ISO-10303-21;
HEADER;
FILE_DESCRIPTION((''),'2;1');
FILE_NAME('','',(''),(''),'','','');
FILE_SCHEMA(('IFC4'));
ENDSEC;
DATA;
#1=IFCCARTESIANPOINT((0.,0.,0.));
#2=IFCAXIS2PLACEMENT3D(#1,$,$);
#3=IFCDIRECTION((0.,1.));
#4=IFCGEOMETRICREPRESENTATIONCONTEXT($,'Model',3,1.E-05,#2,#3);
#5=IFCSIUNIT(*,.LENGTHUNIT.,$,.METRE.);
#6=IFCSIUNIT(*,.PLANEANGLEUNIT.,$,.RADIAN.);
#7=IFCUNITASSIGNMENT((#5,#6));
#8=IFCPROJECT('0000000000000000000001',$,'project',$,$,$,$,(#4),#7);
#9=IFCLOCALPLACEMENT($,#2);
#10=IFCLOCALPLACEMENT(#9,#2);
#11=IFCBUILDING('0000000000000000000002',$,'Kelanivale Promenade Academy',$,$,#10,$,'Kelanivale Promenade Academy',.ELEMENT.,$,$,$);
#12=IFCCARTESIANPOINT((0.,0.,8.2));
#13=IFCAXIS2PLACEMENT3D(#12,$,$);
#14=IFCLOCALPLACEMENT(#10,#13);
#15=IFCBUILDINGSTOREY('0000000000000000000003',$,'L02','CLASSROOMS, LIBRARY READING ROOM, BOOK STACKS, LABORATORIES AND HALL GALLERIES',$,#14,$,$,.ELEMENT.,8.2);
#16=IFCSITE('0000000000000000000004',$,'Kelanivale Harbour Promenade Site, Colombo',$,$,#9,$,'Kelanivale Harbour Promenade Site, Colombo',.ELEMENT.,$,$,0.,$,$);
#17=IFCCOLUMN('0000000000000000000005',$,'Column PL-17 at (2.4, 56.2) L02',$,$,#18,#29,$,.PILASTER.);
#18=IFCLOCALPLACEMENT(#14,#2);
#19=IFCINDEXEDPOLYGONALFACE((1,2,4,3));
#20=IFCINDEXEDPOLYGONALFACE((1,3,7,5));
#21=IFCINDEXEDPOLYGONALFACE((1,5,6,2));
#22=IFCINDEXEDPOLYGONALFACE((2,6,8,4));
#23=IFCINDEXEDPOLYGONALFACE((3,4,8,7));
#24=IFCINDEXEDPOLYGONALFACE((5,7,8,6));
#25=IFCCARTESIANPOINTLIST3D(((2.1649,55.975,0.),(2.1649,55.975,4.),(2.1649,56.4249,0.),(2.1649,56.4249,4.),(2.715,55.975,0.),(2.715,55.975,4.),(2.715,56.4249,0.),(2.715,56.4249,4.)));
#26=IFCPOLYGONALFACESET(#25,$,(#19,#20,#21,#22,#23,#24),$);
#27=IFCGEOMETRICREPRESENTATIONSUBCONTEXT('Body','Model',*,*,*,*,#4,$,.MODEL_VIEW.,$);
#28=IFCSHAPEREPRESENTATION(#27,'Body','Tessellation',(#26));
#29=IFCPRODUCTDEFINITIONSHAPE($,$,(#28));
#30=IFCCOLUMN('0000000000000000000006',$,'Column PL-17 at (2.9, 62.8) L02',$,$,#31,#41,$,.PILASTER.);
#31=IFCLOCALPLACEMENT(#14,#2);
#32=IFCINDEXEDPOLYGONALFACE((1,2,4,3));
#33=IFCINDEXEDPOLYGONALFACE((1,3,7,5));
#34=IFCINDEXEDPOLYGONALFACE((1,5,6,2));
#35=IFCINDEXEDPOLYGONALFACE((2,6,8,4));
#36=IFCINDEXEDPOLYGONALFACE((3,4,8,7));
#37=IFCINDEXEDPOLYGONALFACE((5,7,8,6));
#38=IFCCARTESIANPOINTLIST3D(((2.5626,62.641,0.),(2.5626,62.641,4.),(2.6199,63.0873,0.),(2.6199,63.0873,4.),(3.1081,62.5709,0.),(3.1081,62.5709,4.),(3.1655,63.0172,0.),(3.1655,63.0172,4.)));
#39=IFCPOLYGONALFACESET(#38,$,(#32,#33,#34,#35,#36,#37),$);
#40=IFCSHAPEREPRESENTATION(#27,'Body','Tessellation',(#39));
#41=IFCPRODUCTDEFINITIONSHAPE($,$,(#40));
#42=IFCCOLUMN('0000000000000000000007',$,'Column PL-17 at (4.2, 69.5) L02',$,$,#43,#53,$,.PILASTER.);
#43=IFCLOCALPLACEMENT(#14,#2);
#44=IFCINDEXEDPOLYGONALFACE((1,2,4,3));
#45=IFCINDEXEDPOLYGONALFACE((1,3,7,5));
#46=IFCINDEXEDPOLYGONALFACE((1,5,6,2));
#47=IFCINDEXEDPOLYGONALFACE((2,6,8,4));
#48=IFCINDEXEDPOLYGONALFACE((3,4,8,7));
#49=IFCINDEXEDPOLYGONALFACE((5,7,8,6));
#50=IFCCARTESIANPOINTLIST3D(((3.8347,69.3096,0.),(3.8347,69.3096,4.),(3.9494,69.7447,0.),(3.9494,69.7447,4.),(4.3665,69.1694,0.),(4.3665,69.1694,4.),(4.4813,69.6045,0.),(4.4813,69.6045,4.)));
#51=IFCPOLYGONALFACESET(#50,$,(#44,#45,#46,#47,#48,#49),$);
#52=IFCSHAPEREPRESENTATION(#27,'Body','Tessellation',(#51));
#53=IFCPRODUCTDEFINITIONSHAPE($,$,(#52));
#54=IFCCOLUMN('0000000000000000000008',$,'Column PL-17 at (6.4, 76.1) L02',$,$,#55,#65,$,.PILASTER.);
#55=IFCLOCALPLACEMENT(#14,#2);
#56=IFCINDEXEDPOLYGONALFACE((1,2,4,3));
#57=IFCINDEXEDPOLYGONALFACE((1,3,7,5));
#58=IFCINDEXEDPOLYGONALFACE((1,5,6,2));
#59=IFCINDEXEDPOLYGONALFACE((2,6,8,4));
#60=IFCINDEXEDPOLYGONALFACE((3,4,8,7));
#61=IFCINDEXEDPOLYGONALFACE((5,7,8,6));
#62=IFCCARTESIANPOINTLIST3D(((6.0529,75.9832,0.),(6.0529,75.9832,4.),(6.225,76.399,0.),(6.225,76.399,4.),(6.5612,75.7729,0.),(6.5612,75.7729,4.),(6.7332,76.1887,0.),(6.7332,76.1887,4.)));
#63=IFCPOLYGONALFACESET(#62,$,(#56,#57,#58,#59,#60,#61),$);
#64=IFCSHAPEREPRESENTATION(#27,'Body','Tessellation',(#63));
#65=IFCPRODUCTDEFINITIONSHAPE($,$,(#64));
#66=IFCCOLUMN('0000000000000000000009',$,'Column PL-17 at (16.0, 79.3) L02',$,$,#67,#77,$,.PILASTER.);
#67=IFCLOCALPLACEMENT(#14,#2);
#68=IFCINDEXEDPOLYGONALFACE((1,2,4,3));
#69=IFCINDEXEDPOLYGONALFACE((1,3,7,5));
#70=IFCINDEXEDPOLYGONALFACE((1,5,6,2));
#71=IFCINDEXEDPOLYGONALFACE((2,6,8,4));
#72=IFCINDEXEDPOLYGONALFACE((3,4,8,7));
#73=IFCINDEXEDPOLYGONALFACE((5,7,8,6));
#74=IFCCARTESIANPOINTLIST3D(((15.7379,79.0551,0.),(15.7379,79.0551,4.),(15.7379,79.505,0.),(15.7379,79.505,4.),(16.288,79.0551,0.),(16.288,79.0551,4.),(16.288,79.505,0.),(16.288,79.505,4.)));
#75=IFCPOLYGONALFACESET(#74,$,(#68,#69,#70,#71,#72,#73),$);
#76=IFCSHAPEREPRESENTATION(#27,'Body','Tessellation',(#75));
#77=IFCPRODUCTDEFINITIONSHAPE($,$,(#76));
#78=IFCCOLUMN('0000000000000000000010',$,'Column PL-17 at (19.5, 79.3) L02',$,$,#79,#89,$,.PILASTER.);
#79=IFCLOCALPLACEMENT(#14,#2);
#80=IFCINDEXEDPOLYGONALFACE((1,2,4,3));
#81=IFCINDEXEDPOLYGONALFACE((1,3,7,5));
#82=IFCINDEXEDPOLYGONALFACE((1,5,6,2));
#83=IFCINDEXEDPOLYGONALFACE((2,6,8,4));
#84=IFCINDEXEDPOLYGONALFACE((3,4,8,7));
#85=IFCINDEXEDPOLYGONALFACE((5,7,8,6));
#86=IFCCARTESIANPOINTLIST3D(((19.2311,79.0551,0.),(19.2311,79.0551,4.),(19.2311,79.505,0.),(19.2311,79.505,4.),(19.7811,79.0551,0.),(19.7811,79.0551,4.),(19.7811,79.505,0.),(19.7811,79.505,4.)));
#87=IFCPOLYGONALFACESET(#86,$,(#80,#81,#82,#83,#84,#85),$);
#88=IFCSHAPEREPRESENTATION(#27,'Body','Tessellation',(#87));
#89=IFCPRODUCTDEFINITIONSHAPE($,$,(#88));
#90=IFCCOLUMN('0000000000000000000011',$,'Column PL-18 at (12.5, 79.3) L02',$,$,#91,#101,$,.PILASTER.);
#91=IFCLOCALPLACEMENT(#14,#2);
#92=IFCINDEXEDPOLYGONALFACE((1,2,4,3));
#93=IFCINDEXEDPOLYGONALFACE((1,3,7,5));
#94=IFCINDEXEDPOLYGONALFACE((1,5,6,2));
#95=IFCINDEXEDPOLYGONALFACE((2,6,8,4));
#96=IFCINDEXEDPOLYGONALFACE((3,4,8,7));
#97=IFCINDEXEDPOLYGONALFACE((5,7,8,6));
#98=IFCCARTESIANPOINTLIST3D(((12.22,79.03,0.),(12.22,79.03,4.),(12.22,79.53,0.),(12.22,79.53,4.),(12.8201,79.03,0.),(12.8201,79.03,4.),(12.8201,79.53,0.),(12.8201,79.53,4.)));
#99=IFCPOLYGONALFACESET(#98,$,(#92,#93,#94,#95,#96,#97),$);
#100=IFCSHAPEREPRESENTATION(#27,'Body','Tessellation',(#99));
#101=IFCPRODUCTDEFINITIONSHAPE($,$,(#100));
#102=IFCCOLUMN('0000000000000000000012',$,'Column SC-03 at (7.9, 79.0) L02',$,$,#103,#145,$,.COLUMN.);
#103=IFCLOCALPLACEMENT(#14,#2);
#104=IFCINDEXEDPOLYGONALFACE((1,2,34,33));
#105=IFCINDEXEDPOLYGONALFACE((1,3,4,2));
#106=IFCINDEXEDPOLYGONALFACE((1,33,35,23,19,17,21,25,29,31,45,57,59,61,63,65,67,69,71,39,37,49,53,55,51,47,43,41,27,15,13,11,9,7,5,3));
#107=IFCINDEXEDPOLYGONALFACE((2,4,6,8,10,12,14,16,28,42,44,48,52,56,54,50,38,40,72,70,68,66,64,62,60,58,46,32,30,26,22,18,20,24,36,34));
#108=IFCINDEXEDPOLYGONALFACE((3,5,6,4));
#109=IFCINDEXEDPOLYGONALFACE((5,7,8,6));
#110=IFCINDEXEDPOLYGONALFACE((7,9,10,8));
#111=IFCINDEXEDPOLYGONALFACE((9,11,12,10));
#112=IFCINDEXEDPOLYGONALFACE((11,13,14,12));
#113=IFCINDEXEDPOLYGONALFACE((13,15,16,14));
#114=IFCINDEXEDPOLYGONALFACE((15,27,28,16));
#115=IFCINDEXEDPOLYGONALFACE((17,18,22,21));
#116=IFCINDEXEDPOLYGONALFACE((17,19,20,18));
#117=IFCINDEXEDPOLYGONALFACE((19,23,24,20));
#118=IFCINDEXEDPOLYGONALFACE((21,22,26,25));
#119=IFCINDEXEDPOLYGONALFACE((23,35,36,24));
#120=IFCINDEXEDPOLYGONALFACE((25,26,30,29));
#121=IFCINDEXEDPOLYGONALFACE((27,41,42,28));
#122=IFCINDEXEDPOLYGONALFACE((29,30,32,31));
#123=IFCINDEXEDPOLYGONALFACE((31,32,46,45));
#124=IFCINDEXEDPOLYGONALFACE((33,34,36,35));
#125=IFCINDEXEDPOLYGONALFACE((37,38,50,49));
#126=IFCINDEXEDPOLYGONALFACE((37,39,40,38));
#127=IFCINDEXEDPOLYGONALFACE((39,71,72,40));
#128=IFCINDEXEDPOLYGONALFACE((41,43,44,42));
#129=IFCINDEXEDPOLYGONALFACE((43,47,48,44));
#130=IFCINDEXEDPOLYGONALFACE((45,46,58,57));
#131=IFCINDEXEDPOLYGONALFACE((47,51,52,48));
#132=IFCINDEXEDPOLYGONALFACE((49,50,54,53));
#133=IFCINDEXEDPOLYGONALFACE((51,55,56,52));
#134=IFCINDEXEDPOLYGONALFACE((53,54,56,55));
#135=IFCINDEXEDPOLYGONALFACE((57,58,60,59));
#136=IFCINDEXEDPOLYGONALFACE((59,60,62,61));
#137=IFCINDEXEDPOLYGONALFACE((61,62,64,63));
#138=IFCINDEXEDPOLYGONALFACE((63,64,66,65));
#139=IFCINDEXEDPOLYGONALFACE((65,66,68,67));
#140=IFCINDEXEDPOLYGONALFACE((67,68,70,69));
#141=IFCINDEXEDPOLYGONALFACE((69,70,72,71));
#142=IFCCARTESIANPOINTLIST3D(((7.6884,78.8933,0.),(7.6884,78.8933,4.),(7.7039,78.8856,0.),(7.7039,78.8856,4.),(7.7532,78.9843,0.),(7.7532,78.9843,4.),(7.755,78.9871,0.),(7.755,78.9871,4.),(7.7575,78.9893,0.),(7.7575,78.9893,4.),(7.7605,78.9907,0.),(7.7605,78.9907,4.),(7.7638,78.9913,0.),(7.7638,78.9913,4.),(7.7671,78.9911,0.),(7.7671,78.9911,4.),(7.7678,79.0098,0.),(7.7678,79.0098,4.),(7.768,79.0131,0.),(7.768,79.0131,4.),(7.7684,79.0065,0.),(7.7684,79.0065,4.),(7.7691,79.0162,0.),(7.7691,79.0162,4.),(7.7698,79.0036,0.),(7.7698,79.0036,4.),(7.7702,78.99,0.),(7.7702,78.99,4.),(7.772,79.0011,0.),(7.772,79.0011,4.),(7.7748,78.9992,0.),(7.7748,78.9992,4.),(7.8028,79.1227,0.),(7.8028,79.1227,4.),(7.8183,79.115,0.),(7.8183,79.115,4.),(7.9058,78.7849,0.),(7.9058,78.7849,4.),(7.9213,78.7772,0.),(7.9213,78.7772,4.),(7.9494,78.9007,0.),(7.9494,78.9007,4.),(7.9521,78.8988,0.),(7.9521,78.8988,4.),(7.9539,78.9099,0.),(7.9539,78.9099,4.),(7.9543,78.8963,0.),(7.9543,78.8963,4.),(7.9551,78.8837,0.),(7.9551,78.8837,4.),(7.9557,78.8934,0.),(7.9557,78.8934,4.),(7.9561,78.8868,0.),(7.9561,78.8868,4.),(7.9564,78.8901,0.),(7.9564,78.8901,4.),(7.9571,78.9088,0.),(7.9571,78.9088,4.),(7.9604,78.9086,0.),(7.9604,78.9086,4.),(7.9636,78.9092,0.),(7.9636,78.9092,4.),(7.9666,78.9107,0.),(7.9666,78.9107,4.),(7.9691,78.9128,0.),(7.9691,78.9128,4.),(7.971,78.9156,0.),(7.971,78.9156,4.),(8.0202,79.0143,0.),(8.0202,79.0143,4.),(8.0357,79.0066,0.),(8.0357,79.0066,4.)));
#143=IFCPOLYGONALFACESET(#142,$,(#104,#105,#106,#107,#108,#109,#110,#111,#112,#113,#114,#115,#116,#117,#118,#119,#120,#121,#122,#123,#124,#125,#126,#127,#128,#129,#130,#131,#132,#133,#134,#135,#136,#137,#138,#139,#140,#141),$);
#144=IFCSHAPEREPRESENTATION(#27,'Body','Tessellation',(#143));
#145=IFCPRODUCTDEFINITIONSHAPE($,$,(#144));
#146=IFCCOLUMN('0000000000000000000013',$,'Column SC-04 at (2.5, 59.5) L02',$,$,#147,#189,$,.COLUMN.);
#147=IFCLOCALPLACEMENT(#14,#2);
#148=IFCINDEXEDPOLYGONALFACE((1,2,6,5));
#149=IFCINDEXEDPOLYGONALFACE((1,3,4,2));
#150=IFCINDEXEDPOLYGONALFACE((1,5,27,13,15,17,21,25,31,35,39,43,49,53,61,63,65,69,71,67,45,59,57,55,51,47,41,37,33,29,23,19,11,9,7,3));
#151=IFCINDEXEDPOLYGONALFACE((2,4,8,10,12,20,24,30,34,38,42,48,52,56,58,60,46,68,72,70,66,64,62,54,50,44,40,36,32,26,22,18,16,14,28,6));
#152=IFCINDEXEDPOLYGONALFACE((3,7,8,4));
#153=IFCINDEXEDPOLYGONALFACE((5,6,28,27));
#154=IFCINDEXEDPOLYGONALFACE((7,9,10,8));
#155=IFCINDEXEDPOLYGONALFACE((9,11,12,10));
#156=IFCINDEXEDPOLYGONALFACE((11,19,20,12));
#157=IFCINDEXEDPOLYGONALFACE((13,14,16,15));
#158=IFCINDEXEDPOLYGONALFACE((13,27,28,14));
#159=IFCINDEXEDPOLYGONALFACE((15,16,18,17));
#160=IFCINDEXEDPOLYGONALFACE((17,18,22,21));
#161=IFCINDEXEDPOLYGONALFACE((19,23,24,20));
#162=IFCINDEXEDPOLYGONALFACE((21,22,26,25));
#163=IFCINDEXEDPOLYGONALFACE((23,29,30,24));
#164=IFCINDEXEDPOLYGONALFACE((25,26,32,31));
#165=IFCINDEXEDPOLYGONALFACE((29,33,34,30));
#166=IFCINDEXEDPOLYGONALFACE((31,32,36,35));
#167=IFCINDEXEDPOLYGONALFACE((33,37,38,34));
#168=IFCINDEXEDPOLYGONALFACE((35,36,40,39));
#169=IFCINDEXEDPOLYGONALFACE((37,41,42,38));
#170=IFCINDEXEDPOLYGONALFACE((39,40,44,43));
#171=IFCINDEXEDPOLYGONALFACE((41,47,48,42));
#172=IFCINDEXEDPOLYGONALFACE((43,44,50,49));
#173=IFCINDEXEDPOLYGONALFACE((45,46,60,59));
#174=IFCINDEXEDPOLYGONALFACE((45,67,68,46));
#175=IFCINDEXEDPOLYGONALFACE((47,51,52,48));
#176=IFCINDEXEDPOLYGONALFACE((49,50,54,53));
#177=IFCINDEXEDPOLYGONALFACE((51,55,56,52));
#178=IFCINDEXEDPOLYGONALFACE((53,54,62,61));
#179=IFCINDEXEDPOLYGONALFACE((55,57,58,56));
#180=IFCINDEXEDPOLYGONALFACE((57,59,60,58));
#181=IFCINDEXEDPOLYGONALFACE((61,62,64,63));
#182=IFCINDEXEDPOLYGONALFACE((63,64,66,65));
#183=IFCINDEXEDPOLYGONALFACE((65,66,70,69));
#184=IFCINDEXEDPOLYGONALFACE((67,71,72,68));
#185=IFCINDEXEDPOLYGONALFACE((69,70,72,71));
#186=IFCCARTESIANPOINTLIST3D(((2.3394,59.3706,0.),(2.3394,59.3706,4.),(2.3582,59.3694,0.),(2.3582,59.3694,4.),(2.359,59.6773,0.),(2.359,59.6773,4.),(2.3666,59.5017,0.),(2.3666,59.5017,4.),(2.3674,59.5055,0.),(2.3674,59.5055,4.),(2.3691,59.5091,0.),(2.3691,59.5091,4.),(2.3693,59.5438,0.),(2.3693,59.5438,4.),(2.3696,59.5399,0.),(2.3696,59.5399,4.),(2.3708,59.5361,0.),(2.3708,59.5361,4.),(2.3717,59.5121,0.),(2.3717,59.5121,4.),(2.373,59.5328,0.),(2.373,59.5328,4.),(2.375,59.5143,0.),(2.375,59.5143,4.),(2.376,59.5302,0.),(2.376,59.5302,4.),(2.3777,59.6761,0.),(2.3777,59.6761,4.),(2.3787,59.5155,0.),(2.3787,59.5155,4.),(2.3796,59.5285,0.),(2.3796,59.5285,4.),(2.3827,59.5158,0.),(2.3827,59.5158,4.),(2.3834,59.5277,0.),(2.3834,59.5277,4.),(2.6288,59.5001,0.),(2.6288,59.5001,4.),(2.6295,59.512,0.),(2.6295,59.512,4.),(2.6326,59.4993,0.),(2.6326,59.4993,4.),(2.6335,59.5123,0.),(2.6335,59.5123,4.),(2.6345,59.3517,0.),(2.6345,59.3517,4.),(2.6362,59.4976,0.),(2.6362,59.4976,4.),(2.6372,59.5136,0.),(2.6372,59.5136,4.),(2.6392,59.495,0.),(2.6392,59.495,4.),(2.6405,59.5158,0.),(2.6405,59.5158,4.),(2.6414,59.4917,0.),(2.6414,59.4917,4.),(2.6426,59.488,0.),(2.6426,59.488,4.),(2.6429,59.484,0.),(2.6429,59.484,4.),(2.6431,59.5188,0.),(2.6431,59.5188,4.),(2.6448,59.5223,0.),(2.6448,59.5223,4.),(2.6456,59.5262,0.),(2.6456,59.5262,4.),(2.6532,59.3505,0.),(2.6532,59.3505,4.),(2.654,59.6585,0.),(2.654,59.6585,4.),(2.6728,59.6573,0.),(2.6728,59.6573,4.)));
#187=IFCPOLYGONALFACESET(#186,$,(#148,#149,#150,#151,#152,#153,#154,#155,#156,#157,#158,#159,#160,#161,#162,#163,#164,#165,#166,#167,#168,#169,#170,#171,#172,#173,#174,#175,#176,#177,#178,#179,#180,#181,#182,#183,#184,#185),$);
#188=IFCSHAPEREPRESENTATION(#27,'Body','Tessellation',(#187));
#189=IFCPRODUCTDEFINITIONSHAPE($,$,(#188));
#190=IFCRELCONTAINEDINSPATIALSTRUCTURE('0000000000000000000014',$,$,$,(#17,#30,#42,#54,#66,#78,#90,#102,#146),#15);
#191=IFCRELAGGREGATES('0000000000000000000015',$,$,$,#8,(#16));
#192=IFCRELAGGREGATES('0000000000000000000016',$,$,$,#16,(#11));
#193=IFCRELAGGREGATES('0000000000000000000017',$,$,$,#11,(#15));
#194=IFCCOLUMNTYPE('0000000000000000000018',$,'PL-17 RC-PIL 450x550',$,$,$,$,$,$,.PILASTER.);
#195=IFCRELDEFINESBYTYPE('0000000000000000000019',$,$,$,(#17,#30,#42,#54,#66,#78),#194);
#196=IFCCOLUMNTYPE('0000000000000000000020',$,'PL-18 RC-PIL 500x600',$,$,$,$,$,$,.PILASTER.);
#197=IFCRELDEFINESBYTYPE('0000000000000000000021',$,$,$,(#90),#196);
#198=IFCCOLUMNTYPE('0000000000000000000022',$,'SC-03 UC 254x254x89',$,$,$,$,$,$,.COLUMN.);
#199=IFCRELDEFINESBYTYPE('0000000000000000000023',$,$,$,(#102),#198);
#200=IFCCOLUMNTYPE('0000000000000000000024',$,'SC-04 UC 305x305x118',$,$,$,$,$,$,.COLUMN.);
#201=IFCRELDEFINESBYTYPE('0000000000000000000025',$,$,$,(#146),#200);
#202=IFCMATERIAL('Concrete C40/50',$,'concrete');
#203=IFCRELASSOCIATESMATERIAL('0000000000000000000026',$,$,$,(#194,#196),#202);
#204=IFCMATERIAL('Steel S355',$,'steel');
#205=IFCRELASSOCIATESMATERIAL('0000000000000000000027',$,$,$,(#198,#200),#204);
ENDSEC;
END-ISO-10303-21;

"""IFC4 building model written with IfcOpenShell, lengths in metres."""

from ifc_helpers import new_model, si_unit, direction, frame, origin, origin_2d, place, context, subcontext, project, spatial, rectangle, i_section, extrude, material, material_profile, profile_set, type_object, element, save


model = new_model("IFC4")

# Units and contexts
model_context = context("Model", 3, precision=1e-05, world=origin(), true_north=direction((0.0, 1.0)))
body_context = subcontext(model_context, "Body", "Model", "MODEL_VIEW")
ifc_project = project(units=[si_unit("LENGTHUNIT", "METRE"), si_unit("PLANEANGLEUNIT", "RADIAN")], contexts=[model_context])

# Site, building, storey
site_placement = place(None, origin())
site = spatial("IfcSite", under=ifc_project, at=site_placement, Name="Kelanivale Harbour Promenade Site, Colombo", LongName="Kelanivale Harbour Promenade Site, Colombo", CompositionType="ELEMENT", RefElevation=0.0)
building_placement = place(site_placement, origin())
building = spatial("IfcBuilding", under=site, at=building_placement, Name="Kelanivale Promenade Academy", LongName="Kelanivale Promenade Academy", CompositionType="ELEMENT")
storey_placement = place(building_placement, frame((0.0, 0.0, 8.2)))
storey = spatial("IfcBuildingStorey", under=building, at=storey_placement, Name="L02", Description="CLASSROOMS, LIBRARY READING ROOM, BOOK STACKS, LABORATORIES AND HALL GALLERIES", CompositionType="ELEMENT", Elevation=8.2)

# Columns
ifc_material_1 = material(Name="Concrete C40/50", Category="concrete")
ifc_material_profile_1 = material_profile(ifc_material_1, rectangle(XDim=0.45, YDim=0.55, at=origin_2d()), Name="RC-PIL 450x550")
ifc_profile_set_1 = profile_set([ifc_material_profile_1], Name="Concrete C40/50")
column_type_1 = type_object("IfcColumnType", Name="PL-17 RC-PIL 450x550", PredefinedType="PILASTER", material=ifc_profile_set_1)
for number, where, z_axis, x_axis, name in (
    (1, (2.4399, 56.2, 0.0), (0.0, 0.0, 1.0), (0.0, 1.0, 0.0), "Column PL-17 at (2.4, 56.2) L02"),
    (2, (2.864, 62.8291, 0.0), (0.0, 0.0, 1.0), (0.127411, 0.99185, 0.0), "Column PL-17 at (2.9, 62.8) L02"),
    (3, (4.158, 69.457, 0.0), (0.0, 0.0, 1.0), (0.254939, 0.966957, 0.0), "Column PL-17 at (4.2, 69.5) L02"),
    (4, (6.3931, 76.0859, 0.0), (0.0, 0.0, 1.0), (0.382361, 0.924013, 0.0), "Column PL-17 at (6.4, 76.1) L02"),
    (5, (16.0129, 79.28, 0.0), (0.0, 0.0, 1.0), (0.0, 1.0, 0.0), "Column PL-17 at (16.0, 79.3) L02"),
    (6, (19.5061, 79.28, 0.0), (0.0, 0.0, 1.0), (0.0, 1.0, 0.0), "Column PL-17 at (19.5, 79.3) L02"),
):
    element("IfcColumn", number, at=place(storey_placement, frame(where, z_axis=z_axis, x_axis=x_axis)), inside=storey, type_object=column_type_1, Name=name, PredefinedType="PILASTER", context=body_context, shape_type="SweptSolid", body=[
        extrude(rectangle(XDim=0.45, YDim=0.55, at=origin_2d()), origin(), (0.0, 0.0, 1.0), 4.0),
    ])
ifc_material_profile_2 = material_profile(ifc_material_1, rectangle(XDim=0.5, YDim=0.6001, at=origin_2d()), Name="RC-PIL 500x600")
ifc_profile_set_2 = profile_set([ifc_material_profile_2], Name="Concrete C40/50")
column_type_2 = type_object("IfcColumnType", Name="PL-18 RC-PIL 500x600", PredefinedType="PILASTER", material=ifc_profile_set_2)
column_1_placement = place(storey_placement, frame((12.52, 79.28, 0.0), z_axis=(0.0, 0.0, 1.0), x_axis=(0.0, 1.0, 0.0)))
element("IfcColumn", 7, at=column_1_placement, inside=storey, type_object=column_type_2, Name="Column PL-18 at (12.5, 79.3) L02", PredefinedType="PILASTER", context=body_context, shape_type="SweptSolid", body=[
    extrude(rectangle(XDim=0.5, YDim=0.6001, at=origin_2d()), origin(), (0.0, 0.0, 1.0), 4.0),
])
ifc_material_2 = material(Name="Steel S355", Category="steel")
ifc_material_profile_3 = material_profile(ifc_material_2, i_section(OverallWidth=0.2563, OverallDepth=0.2603, WebThickness=0.0103, FlangeThickness=0.0173, FilletRadius=0.0127, at=origin_2d()), Name="UC 254x254x89")
ifc_profile_set_3 = profile_set([ifc_material_profile_3], Name="Steel S355")
column_type_3 = type_object("IfcColumnType", Name="SC-03 UC 254x254x89", PredefinedType="COLUMN", material=ifc_profile_set_3)
column_2_placement = place(storey_placement, frame((7.8621, 78.95, 0.0), z_axis=(0.0, 0.0, 1.0), x_axis=(0.446198, 0.894934, 0.0)))
element("IfcColumn", 8, at=column_2_placement, inside=storey, type_object=column_type_3, Name="Column SC-03 at (7.9, 79.0) L02", PredefinedType="COLUMN", context=body_context, shape_type="SweptSolid", body=[
    extrude(i_section(OverallWidth=0.2563, OverallDepth=0.2603, WebThickness=0.0103, FlangeThickness=0.0173, FilletRadius=0.0127, at=origin_2d()), origin(), (0.0, 0.0, 1.0), 4.0),
])
ifc_material_profile_4 = material_profile(ifc_material_2, i_section(OverallWidth=0.3074, OverallDepth=0.3145, WebThickness=0.012, FlangeThickness=0.0188, FilletRadius=0.0151, at=origin_2d()), Name="UC 305x305x118")
ifc_profile_set_4 = profile_set([ifc_material_profile_4], Name="Steel S355")
column_type_4 = type_object("IfcColumnType", Name="SC-04 UC 305x305x118", PredefinedType="COLUMN", material=ifc_profile_set_4)
for number, where, z_axis, x_axis, name in (
    (9, (2.5061, 59.5139, 0.0), (0.0, 0.0, 1.0), (0.063661, 0.997972, 0.0), "Column SC-04 at (2.5, 59.5) L02"),
):
    element("IfcColumn", number, at=place(storey_placement, frame(where, z_axis=z_axis, x_axis=x_axis)), inside=storey, type_object=column_type_4, Name=name, PredefinedType="COLUMN", context=body_context, shape_type="SweptSolid", body=[
        extrude(i_section(OverallWidth=0.3074, OverallDepth=0.3145, WebThickness=0.012, FlangeThickness=0.0188, FilletRadius=0.0151, at=origin_2d()), origin(), (0.0, 0.0, 1.0), 4.0),
    ])

save(model, "model.ifc")
